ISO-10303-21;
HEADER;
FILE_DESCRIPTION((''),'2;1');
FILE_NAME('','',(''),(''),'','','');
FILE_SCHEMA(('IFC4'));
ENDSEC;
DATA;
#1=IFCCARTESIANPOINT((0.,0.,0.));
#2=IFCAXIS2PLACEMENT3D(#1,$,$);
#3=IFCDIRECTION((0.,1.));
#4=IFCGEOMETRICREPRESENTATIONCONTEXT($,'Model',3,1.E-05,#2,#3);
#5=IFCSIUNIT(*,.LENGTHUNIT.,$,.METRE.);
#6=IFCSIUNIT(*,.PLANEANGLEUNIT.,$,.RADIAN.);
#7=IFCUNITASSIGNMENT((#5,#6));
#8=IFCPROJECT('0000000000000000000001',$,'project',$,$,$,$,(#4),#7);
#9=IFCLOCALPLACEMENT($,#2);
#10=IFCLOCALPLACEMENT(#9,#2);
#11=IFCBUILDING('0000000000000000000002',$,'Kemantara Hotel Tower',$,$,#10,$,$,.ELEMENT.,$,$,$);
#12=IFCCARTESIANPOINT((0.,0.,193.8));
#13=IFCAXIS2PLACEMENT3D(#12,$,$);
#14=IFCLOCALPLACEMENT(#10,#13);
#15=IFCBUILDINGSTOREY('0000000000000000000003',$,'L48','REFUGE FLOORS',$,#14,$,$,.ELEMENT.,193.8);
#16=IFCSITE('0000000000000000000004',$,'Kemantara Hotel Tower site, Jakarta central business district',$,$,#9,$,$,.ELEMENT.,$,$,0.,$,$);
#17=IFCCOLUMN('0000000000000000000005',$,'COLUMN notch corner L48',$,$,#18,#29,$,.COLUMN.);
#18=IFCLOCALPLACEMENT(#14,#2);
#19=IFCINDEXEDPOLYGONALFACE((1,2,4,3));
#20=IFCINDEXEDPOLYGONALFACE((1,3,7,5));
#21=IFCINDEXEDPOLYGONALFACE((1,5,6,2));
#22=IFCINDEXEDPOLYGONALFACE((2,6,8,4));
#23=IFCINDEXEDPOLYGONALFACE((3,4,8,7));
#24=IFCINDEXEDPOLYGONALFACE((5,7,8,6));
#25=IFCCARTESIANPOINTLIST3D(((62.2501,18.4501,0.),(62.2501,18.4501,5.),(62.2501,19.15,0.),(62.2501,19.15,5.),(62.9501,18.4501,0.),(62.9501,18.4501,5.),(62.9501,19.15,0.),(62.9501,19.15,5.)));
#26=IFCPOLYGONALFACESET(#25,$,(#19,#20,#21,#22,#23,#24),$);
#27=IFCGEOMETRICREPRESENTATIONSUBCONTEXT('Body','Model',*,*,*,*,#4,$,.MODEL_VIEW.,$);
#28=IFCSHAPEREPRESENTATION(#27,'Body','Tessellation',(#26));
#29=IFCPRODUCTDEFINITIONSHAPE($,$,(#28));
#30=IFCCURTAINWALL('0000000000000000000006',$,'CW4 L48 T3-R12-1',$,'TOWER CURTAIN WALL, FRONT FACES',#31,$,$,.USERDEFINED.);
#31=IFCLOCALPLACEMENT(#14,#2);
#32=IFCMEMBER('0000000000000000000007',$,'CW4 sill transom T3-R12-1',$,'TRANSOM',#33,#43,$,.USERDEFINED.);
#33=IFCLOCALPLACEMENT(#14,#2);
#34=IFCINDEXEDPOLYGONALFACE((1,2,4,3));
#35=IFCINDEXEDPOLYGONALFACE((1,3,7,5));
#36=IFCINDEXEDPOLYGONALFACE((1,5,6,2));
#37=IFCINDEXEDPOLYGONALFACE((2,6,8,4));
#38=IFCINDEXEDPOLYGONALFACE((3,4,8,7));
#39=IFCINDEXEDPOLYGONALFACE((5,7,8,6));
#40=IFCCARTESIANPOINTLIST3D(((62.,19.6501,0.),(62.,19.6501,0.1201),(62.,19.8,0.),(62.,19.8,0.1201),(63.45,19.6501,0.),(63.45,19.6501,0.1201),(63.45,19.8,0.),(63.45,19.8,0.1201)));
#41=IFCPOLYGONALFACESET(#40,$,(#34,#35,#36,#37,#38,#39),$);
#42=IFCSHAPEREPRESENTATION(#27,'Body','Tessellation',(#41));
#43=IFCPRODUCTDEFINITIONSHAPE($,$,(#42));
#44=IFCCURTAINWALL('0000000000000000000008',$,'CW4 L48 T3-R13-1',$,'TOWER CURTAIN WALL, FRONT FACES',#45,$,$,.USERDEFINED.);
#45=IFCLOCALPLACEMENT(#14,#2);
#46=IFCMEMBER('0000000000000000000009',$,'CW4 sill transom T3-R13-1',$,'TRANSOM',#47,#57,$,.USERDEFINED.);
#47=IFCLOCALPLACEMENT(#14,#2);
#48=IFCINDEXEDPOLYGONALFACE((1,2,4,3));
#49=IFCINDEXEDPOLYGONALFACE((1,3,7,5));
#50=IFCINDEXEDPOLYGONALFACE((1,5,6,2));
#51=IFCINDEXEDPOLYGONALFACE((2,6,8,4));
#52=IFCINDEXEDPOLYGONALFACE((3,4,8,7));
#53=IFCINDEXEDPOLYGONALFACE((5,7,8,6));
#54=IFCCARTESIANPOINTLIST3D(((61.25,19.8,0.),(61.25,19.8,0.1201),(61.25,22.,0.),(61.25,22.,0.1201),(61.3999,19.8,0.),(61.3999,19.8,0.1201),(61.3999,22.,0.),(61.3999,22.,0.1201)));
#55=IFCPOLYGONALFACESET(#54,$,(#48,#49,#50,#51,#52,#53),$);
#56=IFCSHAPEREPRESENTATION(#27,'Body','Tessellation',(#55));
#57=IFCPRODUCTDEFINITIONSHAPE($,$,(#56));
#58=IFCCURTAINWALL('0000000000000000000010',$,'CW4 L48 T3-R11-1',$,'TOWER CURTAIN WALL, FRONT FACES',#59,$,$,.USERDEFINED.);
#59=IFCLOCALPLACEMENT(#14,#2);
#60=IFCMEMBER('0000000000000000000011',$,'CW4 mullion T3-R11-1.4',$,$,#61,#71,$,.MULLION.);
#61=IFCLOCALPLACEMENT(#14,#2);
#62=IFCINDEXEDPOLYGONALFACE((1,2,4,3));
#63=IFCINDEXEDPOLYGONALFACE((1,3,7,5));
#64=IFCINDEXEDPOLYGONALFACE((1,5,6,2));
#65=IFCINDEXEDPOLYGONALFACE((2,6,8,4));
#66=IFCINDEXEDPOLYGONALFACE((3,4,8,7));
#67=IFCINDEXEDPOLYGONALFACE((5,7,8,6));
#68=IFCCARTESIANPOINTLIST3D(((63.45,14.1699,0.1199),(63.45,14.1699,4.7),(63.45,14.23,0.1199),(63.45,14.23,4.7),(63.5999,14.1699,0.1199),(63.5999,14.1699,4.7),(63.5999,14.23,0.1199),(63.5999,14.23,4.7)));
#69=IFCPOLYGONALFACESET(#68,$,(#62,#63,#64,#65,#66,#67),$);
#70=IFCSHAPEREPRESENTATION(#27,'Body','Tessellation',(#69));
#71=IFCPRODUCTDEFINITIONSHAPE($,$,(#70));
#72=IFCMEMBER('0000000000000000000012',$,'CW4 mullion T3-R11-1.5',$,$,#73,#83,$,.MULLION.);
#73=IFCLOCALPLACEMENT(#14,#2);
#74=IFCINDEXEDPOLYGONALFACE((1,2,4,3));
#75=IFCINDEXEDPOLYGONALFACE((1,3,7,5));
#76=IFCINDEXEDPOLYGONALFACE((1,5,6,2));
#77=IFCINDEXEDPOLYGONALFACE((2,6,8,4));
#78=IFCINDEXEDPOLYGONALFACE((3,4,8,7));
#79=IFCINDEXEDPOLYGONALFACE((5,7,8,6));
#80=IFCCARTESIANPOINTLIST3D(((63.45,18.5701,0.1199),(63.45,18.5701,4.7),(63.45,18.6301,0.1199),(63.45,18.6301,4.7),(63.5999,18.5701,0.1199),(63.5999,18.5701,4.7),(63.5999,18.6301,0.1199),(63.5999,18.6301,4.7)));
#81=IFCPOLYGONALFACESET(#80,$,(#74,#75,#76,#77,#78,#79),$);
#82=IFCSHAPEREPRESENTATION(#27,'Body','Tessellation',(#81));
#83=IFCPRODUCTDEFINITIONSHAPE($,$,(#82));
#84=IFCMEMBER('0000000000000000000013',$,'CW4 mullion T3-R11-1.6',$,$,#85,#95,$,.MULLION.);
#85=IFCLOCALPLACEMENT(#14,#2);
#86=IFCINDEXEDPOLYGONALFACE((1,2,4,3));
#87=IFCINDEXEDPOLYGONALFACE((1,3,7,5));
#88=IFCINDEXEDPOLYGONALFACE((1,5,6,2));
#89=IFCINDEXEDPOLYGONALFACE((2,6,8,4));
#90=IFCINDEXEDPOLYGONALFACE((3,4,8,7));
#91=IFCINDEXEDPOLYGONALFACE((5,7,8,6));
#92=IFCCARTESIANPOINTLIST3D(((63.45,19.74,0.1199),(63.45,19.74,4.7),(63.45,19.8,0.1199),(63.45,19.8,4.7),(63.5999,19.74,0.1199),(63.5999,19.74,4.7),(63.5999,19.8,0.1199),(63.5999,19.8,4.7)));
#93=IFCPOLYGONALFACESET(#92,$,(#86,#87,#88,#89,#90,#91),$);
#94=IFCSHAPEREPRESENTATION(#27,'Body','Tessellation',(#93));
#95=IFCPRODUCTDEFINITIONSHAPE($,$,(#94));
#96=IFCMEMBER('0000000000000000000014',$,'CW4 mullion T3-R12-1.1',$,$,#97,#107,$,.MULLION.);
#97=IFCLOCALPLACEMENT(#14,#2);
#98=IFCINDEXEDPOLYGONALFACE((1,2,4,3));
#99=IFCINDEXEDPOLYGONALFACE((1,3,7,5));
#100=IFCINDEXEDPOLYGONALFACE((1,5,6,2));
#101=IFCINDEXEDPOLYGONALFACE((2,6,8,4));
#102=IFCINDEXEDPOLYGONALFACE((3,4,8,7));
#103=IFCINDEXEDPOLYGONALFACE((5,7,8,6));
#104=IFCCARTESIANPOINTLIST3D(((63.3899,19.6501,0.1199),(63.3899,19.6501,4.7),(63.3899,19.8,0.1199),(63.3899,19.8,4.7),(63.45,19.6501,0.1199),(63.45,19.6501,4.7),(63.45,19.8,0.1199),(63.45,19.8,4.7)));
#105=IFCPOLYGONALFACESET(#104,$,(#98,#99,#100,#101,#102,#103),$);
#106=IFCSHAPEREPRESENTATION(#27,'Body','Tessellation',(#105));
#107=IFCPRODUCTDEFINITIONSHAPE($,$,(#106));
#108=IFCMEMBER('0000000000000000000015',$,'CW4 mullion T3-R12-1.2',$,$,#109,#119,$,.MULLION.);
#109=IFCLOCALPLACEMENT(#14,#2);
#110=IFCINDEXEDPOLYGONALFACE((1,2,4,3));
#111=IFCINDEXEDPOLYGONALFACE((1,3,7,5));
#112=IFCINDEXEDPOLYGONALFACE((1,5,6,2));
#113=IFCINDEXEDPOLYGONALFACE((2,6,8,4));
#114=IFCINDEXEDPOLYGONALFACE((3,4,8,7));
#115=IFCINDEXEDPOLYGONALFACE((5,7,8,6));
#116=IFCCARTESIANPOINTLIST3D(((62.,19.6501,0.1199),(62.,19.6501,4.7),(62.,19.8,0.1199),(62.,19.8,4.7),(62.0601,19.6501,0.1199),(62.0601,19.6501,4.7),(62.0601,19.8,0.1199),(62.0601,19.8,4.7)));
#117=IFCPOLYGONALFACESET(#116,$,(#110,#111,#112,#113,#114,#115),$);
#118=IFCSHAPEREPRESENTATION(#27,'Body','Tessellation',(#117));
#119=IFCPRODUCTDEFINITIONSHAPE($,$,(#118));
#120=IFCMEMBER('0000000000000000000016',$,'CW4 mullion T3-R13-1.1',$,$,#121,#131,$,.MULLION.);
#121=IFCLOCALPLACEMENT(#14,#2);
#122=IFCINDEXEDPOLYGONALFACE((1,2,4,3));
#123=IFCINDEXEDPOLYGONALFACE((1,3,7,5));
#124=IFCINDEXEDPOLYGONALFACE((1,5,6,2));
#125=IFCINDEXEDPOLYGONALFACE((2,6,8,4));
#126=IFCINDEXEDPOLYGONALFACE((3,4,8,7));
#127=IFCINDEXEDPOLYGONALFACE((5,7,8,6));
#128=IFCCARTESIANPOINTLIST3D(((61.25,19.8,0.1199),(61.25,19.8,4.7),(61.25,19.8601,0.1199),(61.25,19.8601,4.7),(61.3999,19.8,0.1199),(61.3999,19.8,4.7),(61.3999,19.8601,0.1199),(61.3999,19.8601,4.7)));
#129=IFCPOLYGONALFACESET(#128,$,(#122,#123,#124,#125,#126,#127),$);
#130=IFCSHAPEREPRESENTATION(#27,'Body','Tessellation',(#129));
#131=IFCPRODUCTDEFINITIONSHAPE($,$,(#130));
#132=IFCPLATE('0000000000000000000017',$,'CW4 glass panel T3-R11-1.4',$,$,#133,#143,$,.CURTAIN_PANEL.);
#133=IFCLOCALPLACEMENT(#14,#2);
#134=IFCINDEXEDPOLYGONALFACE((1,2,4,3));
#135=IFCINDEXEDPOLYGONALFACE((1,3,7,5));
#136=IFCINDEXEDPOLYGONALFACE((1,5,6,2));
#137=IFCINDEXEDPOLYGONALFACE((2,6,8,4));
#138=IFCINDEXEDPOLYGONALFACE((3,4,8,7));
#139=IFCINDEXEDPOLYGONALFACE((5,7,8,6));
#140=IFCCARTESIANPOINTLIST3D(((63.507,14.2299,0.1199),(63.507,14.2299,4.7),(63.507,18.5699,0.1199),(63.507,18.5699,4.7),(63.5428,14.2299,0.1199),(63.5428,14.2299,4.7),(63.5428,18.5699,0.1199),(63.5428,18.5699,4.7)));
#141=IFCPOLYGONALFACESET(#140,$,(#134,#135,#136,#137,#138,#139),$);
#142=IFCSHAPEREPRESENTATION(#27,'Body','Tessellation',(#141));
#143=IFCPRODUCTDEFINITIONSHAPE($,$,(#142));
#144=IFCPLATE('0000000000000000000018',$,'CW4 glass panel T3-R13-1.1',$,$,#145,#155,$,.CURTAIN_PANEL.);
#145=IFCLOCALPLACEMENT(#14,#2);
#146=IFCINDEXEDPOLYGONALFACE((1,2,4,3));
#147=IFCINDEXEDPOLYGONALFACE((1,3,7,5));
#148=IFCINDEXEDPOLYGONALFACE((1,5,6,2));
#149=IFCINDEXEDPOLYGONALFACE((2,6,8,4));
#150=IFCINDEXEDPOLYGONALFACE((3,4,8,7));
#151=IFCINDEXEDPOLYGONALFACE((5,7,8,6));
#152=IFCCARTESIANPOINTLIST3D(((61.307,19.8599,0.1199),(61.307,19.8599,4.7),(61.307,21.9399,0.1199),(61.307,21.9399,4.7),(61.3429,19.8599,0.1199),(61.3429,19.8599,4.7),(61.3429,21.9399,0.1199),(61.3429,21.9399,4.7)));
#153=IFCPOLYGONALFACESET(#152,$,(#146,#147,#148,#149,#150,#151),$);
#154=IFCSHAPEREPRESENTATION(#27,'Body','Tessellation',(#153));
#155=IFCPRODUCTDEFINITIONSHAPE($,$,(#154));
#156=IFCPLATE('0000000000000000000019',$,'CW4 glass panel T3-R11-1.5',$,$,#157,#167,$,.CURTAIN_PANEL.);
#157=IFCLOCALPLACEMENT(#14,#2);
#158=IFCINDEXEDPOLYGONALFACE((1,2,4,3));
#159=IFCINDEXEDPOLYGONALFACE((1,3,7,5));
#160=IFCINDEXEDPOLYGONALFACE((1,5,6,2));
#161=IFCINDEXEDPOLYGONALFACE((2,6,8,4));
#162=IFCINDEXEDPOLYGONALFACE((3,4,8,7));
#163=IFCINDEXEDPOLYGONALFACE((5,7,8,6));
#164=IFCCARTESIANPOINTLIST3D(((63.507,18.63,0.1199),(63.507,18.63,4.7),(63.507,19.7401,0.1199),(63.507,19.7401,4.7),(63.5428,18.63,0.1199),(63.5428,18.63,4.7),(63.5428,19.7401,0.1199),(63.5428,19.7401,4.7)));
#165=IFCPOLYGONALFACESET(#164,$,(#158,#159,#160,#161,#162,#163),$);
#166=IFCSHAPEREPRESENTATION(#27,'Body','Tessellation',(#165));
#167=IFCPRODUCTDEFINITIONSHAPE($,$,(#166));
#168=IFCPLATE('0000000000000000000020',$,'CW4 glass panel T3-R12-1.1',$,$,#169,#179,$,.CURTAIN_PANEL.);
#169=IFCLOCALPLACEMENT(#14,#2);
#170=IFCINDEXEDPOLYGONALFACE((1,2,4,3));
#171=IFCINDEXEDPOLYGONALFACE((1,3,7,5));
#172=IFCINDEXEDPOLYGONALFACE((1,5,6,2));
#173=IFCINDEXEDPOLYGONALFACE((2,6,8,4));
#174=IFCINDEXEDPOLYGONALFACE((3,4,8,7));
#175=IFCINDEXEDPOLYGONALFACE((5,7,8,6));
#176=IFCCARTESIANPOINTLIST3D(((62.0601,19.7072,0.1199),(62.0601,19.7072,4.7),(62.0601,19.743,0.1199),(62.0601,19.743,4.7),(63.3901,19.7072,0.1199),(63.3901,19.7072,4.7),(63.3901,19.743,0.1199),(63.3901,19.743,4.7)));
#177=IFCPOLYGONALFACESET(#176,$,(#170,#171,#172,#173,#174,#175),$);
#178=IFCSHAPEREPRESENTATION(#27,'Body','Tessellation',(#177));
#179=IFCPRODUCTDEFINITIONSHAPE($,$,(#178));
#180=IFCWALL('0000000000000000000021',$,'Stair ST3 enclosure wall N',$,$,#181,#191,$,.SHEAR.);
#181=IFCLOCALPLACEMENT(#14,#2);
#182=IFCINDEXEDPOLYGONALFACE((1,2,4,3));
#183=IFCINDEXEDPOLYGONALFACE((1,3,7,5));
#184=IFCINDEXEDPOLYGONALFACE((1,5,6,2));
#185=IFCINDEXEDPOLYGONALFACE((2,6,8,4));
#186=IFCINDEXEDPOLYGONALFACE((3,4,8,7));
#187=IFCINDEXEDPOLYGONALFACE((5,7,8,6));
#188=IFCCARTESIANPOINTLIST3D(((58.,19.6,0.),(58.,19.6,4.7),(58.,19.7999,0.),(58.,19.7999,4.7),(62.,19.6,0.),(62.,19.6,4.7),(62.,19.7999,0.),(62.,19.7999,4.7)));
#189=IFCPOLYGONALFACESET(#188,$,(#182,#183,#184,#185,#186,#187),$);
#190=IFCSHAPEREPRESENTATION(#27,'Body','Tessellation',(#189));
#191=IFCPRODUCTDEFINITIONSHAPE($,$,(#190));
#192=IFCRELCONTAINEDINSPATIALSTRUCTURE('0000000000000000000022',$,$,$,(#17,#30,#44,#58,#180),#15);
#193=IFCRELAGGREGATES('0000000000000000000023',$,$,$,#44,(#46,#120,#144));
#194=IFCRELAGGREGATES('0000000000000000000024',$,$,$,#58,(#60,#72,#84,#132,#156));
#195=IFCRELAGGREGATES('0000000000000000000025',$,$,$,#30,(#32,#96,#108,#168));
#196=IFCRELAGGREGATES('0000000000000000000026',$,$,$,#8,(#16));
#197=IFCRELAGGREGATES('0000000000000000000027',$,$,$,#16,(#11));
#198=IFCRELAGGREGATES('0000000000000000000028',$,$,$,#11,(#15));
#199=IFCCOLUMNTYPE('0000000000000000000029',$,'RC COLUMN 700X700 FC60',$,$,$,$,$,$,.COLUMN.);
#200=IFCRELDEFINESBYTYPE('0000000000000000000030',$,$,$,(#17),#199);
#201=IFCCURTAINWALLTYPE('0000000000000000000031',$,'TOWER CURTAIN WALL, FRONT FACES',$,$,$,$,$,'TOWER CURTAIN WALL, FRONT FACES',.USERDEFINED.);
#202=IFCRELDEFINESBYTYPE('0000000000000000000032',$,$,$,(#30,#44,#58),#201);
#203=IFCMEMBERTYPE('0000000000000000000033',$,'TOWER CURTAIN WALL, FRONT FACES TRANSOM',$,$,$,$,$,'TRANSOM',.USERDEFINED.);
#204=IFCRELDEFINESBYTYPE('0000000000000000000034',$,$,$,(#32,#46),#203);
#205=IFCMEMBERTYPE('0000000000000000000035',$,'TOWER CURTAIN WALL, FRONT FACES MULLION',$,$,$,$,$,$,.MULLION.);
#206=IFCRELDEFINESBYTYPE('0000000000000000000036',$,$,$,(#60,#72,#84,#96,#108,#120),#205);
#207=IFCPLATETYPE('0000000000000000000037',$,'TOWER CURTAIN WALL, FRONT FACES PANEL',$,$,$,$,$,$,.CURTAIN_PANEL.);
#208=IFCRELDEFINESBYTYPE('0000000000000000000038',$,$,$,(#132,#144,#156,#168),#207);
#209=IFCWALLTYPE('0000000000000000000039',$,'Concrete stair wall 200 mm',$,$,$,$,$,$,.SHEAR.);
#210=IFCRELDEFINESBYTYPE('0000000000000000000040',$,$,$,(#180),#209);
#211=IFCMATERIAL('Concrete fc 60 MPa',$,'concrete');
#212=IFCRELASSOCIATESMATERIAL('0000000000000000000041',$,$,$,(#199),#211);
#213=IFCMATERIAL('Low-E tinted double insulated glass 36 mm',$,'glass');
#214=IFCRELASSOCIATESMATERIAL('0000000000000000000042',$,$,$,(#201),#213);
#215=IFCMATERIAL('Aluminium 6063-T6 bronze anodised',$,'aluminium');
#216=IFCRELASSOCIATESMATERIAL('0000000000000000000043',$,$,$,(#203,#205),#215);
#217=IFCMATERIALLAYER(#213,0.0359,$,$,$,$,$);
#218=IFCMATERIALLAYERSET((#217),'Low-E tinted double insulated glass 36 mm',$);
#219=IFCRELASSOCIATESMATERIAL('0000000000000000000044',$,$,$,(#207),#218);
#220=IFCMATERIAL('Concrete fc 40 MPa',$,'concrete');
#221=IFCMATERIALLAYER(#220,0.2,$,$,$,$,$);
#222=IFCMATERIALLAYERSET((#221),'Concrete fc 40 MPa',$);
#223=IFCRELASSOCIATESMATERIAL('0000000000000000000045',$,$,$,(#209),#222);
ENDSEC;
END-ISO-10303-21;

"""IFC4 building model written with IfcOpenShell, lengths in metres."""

from ifc_helpers import new_model, si_unit, direction, frame, frame_2d, origin, origin_2d, place, context, subcontext, project, spatial, rectangle, extrude, source, transform, mapped, material, layer, layer_set, material_profile, profile_set, type_object, element, aggregate, save


model = new_model("IFC4")

# Units and contexts
model_context = context("Model", 3, precision=1e-05, world=origin(), true_north=direction((0.0, 1.0)))
body_context = subcontext(model_context, "Body", "Model", "MODEL_VIEW")
ifc_project = project(units=[si_unit("LENGTHUNIT", "METRE"), si_unit("PLANEANGLEUNIT", "RADIAN")], contexts=[model_context])

# Site, building, storey
site_placement = place(None, origin())
site = spatial("IfcSite", under=ifc_project, at=site_placement, Name="Kemantara Hotel Tower site, Jakarta central business district", CompositionType="ELEMENT", RefElevation=0.0)
building_placement = place(site_placement, origin())
building = spatial("IfcBuilding", under=site, at=building_placement, Name="Kemantara Hotel Tower", CompositionType="ELEMENT")
storey_placement = place(building_placement, frame((0.0, 0.0, 193.8)))
storey = spatial("IfcBuildingStorey", under=building, at=storey_placement, Name="L48", Description="REFUGE FLOORS", CompositionType="ELEMENT", Elevation=193.8)

# Column
ifc_material_1 = material(Name="Concrete fc 60 MPa", Category="concrete")
ifc_material_profile_1 = material_profile(ifc_material_1, rectangle(XDim=0.7, YDim=0.7, at=origin_2d()), Name="RC 700X700")
ifc_profile_set_1 = profile_set([ifc_material_profile_1], Name="Concrete fc 60 MPa")
column_type = type_object("IfcColumnType", Name="RC COLUMN 700X700 FC60", PredefinedType="COLUMN", material=ifc_profile_set_1)
column_placement = place(storey_placement, frame((62.6001, 18.8, 0.0), z_axis=(0.0, 0.0, 1.0), x_axis=(1.0, 0.0, 0.0)))
element("IfcColumn", 1, at=column_placement, inside=storey, type_object=column_type, Name="COLUMN notch corner L48", PredefinedType="COLUMN", context=body_context, shape_type="SweptSolid", body=[
    extrude(rectangle(XDim=0.7, YDim=0.7, at=origin_2d()), origin(), (0.0, 0.0, 1.0), 5.0),
])

# Curtain walls, members
ifc_material_2 = material(Name="Low-E tinted double insulated glass 36 mm", Category="glass")
curtain_wall_type = type_object("IfcCurtainWallType", Name="TOWER CURTAIN WALL, FRONT FACES", ElementType="TOWER CURTAIN WALL, FRONT FACES", PredefinedType="USERDEFINED", material=ifc_material_2)
curtain_wall_1_placement = place(storey_placement, origin())
curtain_wall_1 = element("IfcCurtainWall", 2, at=curtain_wall_1_placement, inside=storey, type_object=curtain_wall_type, Name="CW4 L48 T3-R12-1", ObjectType="TOWER CURTAIN WALL, FRONT FACES", PredefinedType="USERDEFINED")
ifc_material_3 = material(Name="Aluminium 6063-T6 bronze anodised", Category="aluminium")
ifc_material_profile_2 = material_profile(ifc_material_3, rectangle(XDim=0.1499, YDim=0.1201, at=origin_2d()), Name="TOWER CURTAIN WALL, FRONT FACES TRANSOM")
ifc_profile_set_2 = profile_set([ifc_material_profile_2], Name="Aluminium 6063-T6 bronze anodised")
member_type_1 = type_object("IfcMemberType", Name="TOWER CURTAIN WALL, FRONT FACES TRANSOM", ElementType="TRANSOM", PredefinedType="USERDEFINED", material=ifc_profile_set_2)
member_1_placement = place(storey_placement, frame((63.45, 19.7251, 0.0601), z_axis=(-1.0, 0.0, 0.0), x_axis=(0.0, -1.0, 0.0)))
member_1 = element("IfcMember", 3, at=member_1_placement, type_object=member_type_1, Name="CW4 sill transom T3-R12-1", ObjectType="TRANSOM", PredefinedType="USERDEFINED", context=body_context, shape_type="SweptSolid", body=[
    extrude(rectangle(XDim=0.1499, YDim=0.1201, at=origin_2d()), origin(), (0.0, 0.0, 1.0), 1.45),
])
curtain_wall_2_placement = place(storey_placement, origin())
curtain_wall_2 = element("IfcCurtainWall", 4, at=curtain_wall_2_placement, inside=storey, type_object=curtain_wall_type, Name="CW4 L48 T3-R13-1", ObjectType="TOWER CURTAIN WALL, FRONT FACES", PredefinedType="USERDEFINED")
member_2_placement = place(storey_placement, frame((61.325, 19.8, 0.0601), z_axis=(0.0, 1.0, 0.0), x_axis=(-1.0, 0.0, 0.0)))
member_2 = element("IfcMember", 5, at=member_2_placement, type_object=member_type_1, Name="CW4 sill transom T3-R13-1", ObjectType="TRANSOM", PredefinedType="USERDEFINED", context=body_context, shape_type="SweptSolid", body=[
    extrude(rectangle(XDim=0.1499, YDim=0.1201, at=origin_2d()), origin(), (0.0, 0.0, 1.0), 2.2),
])

# Curtain wall, members
curtain_wall_3_placement = place(storey_placement, origin())
curtain_wall_3 = element("IfcCurtainWall", 6, at=curtain_wall_3_placement, inside=storey, type_object=curtain_wall_type, Name="CW4 L48 T3-R11-1", ObjectType="TOWER CURTAIN WALL, FRONT FACES", PredefinedType="USERDEFINED")
ifc_material_profile_3 = material_profile(ifc_material_3, rectangle(XDim=0.1499, YDim=0.0601, at=origin_2d()), Name="TOWER CURTAIN WALL, FRONT FACES MULLION")
ifc_profile_set_3 = profile_set([ifc_material_profile_3], Name="Aluminium 6063-T6 bronze anodised")
member_type_2 = type_object("IfcMemberType", Name="TOWER CURTAIN WALL, FRONT FACES MULLION", PredefinedType="MULLION", material=ifc_profile_set_3)
shared_shape_1 = source(origin(), body_context, "Body", "SweptSolid", [
    extrude(rectangle(XDim=0.1499, YDim=0.0601, at=origin_2d()), origin(), (0.0, 0.0, 1.0), 4.5801),
])
member_3_placement = place(storey_placement, frame((63.5249, 14.2, 0.1199), z_axis=(0.0, 0.0, 1.0), x_axis=(-1.0, 0.0, 0.0)))
member_3 = element("IfcMember", 7, at=member_3_placement, type_object=member_type_2, Name="CW4 mullion T3-R11-1.4", PredefinedType="MULLION", context=body_context, shape_type="MappedRepresentation", body=[
    mapped(shared_shape_1, transform((0.0, 0.0, 0.0))),
])
member_4_placement = place(storey_placement, frame((63.5249, 18.6001, 0.1199), z_axis=(0.0, 0.0, 1.0), x_axis=(-1.0, 0.0, 0.0)))
member_4 = element("IfcMember", 8, at=member_4_placement, type_object=member_type_2, Name="CW4 mullion T3-R11-1.5", PredefinedType="MULLION", context=body_context, shape_type="MappedRepresentation", body=[
    mapped(shared_shape_1, transform((0.0, 0.0, 0.0))),
])
member_5_placement = place(storey_placement, frame((63.5249, 19.77, 0.1199), z_axis=(0.0, 0.0, 1.0), x_axis=(-1.0, 0.0, 0.0)))
member_5 = element("IfcMember", 9, at=member_5_placement, type_object=member_type_2, Name="CW4 mullion T3-R11-1.6", PredefinedType="MULLION", context=body_context, shape_type="MappedRepresentation", body=[
    mapped(shared_shape_1, transform((0.0, 0.0, 0.0))),
])

# Members
member_6_placement = place(storey_placement, frame((63.4199, 19.7251, 0.1199), z_axis=(0.0, 0.0, 1.0), x_axis=(0.0, -1.0, 0.0)))
member_6 = element("IfcMember", 10, at=member_6_placement, type_object=member_type_2, Name="CW4 mullion T3-R12-1.1", PredefinedType="MULLION", context=body_context, shape_type="MappedRepresentation", body=[
    mapped(shared_shape_1, transform((0.0, 0.0, 0.0))),
])
member_7_placement = place(storey_placement, frame((62.03, 19.7251, 0.1199), z_axis=(0.0, 0.0, 1.0), x_axis=(0.0, -1.0, 0.0)))
member_7 = element("IfcMember", 11, at=member_7_placement, type_object=member_type_2, Name="CW4 mullion T3-R12-1.2", PredefinedType="MULLION", context=body_context, shape_type="MappedRepresentation", body=[
    mapped(shared_shape_1, transform((0.0, 0.0, 0.0))),
])
member_8_placement = place(storey_placement, frame((61.325, 19.8301, 0.1199), z_axis=(0.0, 0.0, 1.0), x_axis=(-1.0, 0.0, 0.0)))
member_8 = element("IfcMember", 12, at=member_8_placement, type_object=member_type_2, Name="CW4 mullion T3-R13-1.1", PredefinedType="MULLION", context=body_context, shape_type="MappedRepresentation", body=[
    mapped(shared_shape_1, transform((0.0, 0.0, 0.0))),
])

# Plates
ifc_layer_1 = layer(ifc_material_2, 0.0359)
ifc_layer_set_1 = layer_set([ifc_layer_1], Name="Low-E tinted double insulated glass 36 mm")
plate_type = type_object("IfcPlateType", Name="TOWER CURTAIN WALL, FRONT FACES PANEL", PredefinedType="CURTAIN_PANEL", material=ifc_layer_set_1)
shared_shape_2 = source(origin(), body_context, "Body", "SweptSolid", [
    extrude(rectangle(XDim=4.3401, YDim=0.0359, at=origin_2d()), origin(), (0.0, 0.0, 1.0), 4.5801),
])
plate_1_placement = place(storey_placement, frame((63.5249, 16.3999, 0.1199), z_axis=(0.0, 0.0, 1.0), x_axis=(0.0, 1.0, 0.0)))
plate_1 = element("IfcPlate", 13, at=plate_1_placement, type_object=plate_type, Name="CW4 glass panel T3-R11-1.4", PredefinedType="CURTAIN_PANEL", context=body_context, shape_type="MappedRepresentation", body=[
    mapped(shared_shape_2, transform((0.0, 0.0, 0.0))),
])
shared_shape_3 = source(origin(), body_context, "Body", "SweptSolid", [
    extrude(rectangle(XDim=2.0801, YDim=0.0359, at=origin_2d()), origin(), (0.0, 0.0, 1.0), 4.5801),
])
plate_2_placement = place(storey_placement, frame((61.325, 20.8999, 0.1199), z_axis=(0.0, 0.0, 1.0), x_axis=(0.0, 1.0, 0.0)))
plate_2 = element("IfcPlate", 14, at=plate_2_placement, type_object=plate_type, Name="CW4 glass panel T3-R13-1.1", PredefinedType="CURTAIN_PANEL", context=body_context, shape_type="MappedRepresentation", body=[
    mapped(shared_shape_3, transform((0.0, 0.0, 0.0))),
])
aggregate(curtain_wall_2, [member_2, member_8, plate_2])
shared_shape_4 = source(origin(), body_context, "Body", "SweptSolid", [
    extrude(rectangle(XDim=1.1101, YDim=0.0359, at=origin_2d()), origin(), (0.0, 0.0, 1.0), 4.5801),
])
plate_3_placement = place(storey_placement, frame((63.5249, 19.1851, 0.1199), z_axis=(0.0, 0.0, 1.0), x_axis=(0.0, 1.0, 0.0)))
plate_3 = element("IfcPlate", 15, at=plate_3_placement, type_object=plate_type, Name="CW4 glass panel T3-R11-1.5", PredefinedType="CURTAIN_PANEL", context=body_context, shape_type="MappedRepresentation", body=[
    mapped(shared_shape_4, transform((0.0, 0.0, 0.0))),
])
aggregate(curtain_wall_3, [member_3, member_4, member_5, plate_1, plate_3])
shared_shape_5 = source(origin(), body_context, "Body", "SweptSolid", [
    extrude(rectangle(XDim=1.3301, YDim=0.0359, at=origin_2d()), origin(), (0.0, 0.0, 1.0), 4.5801),
])
plate_4_placement = place(storey_placement, frame((62.7251, 19.7251, 0.1199), z_axis=(0.0, 0.0, 1.0), x_axis=(-1.0, 0.0, 0.0)))
plate_4 = element("IfcPlate", 16, at=plate_4_placement, type_object=plate_type, Name="CW4 glass panel T3-R12-1.1", PredefinedType="CURTAIN_PANEL", context=body_context, shape_type="MappedRepresentation", body=[
    mapped(shared_shape_5, transform((0.0, 0.0, 0.0))),
])
aggregate(curtain_wall_1, [member_1, member_6, member_7, plate_4])

# Wall
ifc_material_4 = material(Name="Concrete fc 40 MPa", Category="concrete")
ifc_layer_2 = layer(ifc_material_4, 0.2)
ifc_layer_set_2 = layer_set([ifc_layer_2], Name="Concrete fc 40 MPa")
wall_type = type_object("IfcWallType", Name="Concrete stair wall 200 mm", PredefinedType="SHEAR", material=ifc_layer_set_2)
wall_placement = place(storey_placement, frame((58.0, 19.7, 0.0), z_axis=(0.0, 0.0, 1.0), x_axis=(1.0, 0.0, 0.0)))
element("IfcWall", 17, at=wall_placement, inside=storey, type_object=wall_type, Name="Stair ST3 enclosure wall N", PredefinedType="SHEAR", context=body_context, shape_type="SweptSolid", body=[
    extrude(rectangle(XDim=4.0, YDim=0.2, at=frame_2d((2.0, 0.0))), origin(), (0.0, 0.0, 1.0), 4.7),
])

save(model, "model.ifc")
